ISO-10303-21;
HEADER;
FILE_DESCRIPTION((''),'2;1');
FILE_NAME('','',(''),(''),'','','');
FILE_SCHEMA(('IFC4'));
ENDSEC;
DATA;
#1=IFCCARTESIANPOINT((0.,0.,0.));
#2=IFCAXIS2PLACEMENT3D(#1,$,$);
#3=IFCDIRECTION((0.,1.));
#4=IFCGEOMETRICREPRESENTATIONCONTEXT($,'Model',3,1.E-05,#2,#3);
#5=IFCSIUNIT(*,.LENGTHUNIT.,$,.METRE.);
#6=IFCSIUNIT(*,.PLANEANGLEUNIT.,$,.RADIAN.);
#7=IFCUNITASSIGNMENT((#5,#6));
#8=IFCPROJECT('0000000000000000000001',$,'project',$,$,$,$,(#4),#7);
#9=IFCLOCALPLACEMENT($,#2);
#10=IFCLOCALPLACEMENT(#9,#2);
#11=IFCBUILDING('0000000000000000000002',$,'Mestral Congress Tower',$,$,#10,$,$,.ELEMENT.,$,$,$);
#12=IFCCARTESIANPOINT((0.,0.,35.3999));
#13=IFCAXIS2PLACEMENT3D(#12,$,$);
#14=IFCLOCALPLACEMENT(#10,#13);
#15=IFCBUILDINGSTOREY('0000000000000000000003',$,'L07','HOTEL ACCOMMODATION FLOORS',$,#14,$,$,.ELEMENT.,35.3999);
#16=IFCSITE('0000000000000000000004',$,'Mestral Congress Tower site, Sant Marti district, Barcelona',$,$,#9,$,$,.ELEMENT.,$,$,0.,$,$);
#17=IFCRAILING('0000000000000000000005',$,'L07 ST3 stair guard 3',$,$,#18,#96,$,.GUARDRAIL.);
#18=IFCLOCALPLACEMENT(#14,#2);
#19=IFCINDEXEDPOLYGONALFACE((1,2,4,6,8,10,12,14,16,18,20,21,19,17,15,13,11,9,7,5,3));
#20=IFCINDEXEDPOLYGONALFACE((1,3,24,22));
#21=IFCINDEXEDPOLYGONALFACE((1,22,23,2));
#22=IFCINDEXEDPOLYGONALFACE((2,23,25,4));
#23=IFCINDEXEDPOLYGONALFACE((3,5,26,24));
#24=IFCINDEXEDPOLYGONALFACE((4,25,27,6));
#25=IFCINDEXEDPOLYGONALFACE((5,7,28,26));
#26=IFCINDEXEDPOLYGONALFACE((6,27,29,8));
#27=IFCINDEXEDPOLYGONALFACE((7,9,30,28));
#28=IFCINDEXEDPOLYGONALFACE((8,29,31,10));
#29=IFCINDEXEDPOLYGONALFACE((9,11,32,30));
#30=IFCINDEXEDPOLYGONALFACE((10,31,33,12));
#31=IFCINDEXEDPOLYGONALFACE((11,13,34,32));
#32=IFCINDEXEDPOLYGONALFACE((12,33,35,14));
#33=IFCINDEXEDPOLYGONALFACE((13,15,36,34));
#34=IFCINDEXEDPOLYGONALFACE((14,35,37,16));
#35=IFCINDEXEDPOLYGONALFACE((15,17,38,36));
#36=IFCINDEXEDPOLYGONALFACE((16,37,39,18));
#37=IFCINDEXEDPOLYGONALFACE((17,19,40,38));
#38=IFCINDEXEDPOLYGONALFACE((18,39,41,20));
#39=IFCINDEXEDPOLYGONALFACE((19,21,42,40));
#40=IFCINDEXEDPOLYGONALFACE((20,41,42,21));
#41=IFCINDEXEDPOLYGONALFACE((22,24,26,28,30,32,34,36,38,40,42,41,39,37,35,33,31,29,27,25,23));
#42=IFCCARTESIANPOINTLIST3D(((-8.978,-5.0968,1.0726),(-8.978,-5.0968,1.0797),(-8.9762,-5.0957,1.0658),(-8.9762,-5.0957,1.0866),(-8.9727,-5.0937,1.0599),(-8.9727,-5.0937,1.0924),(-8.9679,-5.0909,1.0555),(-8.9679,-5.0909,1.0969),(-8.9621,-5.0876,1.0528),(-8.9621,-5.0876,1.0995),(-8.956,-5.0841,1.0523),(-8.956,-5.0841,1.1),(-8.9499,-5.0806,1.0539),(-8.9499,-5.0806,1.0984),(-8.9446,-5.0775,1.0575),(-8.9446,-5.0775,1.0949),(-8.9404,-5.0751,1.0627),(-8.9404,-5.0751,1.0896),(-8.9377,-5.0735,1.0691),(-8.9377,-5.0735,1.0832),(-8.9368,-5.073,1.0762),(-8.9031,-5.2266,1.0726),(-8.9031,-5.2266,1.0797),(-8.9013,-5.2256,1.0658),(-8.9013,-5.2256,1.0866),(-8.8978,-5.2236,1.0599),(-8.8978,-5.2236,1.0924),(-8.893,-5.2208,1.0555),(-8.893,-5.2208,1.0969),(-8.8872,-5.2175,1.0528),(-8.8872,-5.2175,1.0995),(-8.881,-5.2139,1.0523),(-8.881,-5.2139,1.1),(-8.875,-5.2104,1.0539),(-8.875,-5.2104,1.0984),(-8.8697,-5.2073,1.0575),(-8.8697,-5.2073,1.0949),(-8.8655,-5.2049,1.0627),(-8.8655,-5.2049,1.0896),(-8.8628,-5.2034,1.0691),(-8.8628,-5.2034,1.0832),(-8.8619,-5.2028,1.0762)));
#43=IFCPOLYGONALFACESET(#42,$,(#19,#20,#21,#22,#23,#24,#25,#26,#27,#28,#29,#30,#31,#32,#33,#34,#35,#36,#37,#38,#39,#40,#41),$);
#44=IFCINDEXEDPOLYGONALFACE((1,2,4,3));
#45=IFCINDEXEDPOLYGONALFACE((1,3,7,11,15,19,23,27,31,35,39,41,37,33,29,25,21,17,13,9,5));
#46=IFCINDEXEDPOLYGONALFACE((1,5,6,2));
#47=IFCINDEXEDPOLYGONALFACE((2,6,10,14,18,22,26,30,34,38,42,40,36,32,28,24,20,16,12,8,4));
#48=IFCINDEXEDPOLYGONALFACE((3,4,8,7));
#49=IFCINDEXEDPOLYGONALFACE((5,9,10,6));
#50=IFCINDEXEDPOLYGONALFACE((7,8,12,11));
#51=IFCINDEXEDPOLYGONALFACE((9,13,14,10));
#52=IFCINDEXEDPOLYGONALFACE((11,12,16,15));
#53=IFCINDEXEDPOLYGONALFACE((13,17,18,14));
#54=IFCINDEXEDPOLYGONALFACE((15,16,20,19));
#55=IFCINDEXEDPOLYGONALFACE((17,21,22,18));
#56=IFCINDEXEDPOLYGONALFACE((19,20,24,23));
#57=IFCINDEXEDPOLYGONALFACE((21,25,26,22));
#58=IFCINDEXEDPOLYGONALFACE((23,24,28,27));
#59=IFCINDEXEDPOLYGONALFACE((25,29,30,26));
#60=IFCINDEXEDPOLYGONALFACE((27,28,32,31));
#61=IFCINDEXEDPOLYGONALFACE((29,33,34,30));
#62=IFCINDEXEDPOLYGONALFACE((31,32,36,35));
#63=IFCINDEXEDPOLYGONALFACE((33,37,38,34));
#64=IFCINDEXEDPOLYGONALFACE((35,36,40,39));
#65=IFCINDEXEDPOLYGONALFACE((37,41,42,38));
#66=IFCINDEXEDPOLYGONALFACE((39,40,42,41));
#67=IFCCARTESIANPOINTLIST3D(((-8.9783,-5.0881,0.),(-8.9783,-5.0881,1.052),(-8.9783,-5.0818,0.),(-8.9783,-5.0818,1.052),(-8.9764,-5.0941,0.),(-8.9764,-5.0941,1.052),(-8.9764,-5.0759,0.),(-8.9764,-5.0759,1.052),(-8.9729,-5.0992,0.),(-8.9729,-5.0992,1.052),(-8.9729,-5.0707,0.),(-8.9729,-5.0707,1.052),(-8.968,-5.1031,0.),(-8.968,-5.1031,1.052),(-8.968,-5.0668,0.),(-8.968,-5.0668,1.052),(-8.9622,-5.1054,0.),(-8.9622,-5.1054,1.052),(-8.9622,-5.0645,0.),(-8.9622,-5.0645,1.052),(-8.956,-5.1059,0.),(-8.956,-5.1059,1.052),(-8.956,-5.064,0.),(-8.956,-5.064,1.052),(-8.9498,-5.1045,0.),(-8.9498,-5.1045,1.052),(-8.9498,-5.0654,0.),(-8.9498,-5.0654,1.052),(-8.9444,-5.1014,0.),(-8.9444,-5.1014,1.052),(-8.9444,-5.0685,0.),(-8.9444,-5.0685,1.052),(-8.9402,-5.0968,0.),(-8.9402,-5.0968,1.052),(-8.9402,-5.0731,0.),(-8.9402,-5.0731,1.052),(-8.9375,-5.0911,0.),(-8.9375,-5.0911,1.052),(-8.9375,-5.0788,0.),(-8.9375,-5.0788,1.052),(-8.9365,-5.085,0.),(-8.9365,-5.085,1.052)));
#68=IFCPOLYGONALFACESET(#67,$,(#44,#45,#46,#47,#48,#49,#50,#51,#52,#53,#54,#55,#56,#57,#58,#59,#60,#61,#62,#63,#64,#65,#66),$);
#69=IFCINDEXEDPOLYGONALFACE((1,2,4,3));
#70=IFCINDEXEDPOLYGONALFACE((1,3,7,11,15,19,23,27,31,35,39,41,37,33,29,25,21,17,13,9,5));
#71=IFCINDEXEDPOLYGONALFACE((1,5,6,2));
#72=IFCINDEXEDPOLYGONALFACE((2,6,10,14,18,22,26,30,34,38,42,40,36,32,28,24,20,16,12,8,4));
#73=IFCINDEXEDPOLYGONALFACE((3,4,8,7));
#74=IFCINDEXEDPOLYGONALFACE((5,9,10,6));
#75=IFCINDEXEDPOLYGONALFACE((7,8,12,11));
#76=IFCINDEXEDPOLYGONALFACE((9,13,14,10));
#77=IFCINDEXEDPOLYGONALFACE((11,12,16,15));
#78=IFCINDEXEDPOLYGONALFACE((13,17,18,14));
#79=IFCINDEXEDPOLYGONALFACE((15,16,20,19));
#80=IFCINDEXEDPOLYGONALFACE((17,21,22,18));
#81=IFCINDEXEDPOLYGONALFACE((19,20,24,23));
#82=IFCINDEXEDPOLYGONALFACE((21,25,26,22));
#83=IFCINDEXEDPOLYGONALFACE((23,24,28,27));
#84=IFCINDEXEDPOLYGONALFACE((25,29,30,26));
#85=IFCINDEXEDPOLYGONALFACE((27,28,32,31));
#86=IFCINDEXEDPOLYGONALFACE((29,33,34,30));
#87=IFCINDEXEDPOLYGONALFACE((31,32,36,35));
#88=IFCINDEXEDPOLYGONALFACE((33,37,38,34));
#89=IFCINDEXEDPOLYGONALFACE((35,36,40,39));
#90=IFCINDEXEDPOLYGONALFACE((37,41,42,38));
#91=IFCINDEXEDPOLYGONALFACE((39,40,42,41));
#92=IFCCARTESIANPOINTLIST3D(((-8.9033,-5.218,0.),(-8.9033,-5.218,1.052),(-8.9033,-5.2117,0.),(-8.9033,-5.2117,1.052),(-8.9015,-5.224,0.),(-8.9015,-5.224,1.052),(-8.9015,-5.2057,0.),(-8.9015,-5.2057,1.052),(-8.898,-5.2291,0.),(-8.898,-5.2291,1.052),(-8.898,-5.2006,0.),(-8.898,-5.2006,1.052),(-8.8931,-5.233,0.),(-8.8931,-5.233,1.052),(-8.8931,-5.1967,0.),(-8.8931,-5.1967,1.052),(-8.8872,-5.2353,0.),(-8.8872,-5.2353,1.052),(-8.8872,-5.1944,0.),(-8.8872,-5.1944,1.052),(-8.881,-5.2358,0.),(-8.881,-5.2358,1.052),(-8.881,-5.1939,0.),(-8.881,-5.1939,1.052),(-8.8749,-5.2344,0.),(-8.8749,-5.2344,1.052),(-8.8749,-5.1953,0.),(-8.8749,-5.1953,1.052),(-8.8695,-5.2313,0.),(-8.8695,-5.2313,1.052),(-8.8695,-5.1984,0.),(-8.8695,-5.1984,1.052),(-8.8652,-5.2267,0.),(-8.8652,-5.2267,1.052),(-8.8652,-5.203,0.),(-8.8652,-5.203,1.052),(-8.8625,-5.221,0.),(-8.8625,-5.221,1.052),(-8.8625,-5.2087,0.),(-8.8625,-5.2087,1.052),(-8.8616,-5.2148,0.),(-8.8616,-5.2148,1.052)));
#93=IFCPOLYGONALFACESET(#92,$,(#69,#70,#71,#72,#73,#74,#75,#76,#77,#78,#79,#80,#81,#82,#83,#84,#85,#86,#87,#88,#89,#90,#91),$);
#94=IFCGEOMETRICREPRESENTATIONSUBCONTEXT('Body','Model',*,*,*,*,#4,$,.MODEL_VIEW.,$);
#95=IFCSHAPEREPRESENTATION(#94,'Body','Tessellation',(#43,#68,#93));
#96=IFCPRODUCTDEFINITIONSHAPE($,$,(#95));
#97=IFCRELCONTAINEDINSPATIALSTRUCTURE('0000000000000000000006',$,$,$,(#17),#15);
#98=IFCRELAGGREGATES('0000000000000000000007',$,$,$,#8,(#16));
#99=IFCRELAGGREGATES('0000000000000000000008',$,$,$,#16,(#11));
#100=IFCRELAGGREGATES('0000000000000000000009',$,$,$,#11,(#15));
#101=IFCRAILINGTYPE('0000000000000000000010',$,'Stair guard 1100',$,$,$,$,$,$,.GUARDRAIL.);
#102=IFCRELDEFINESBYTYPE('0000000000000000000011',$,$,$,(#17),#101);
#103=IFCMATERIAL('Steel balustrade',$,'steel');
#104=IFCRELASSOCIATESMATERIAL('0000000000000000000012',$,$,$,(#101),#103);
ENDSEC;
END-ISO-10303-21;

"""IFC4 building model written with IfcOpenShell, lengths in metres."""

from ifc_helpers import new_model, si_unit, direction, frame, origin, origin_2d, place, context, subcontext, project, spatial, circle, extrude, material, type_object, element, save


model = new_model("IFC4")

# Units and contexts
model_context = context("Model", 3, precision=1e-05, world=origin(), true_north=direction((0.0, 1.0)))
body_context = subcontext(model_context, "Body", "Model", "MODEL_VIEW")
ifc_project = project(units=[si_unit("LENGTHUNIT", "METRE"), si_unit("PLANEANGLEUNIT", "RADIAN")], contexts=[model_context])

# Site, building, storey
site_placement = place(None, origin())
site = spatial("IfcSite", under=ifc_project, at=site_placement, Name="Mestral Congress Tower site, Sant Marti district, Barcelona", CompositionType="ELEMENT", RefElevation=0.0)
building_placement = place(site_placement, origin())
building = spatial("IfcBuilding", under=site, at=building_placement, Name="Mestral Congress Tower", CompositionType="ELEMENT")
storey_placement = place(building_placement, frame((0.0, 0.0, 35.3999)))
storey = spatial("IfcBuildingStorey", under=building, at=storey_placement, Name="L07", Description="HOTEL ACCOMMODATION FLOORS", CompositionType="ELEMENT", Elevation=35.3999)

# Railing
ifc_material_1 = material(Name="Steel balustrade", Category="steel")
railing_type_1 = type_object("IfcRailingType", Name="Stair guard 1100", PredefinedType="GUARDRAIL", material=ifc_material_1)
railing_1_placement = place(storey_placement, frame((-8.9575, -5.085, 0.0)))
element("IfcRailing", 1, at=railing_1_placement, inside=storey, type_object=railing_type_1, Name="L07 ST3 stair guard 3", PredefinedType="GUARDRAIL", context=body_context, shape_type="SweptSolid", body=[
    extrude(circle(Radius=0.0239, at=origin_2d()), frame((0.0, 0.0, 1.0762), z_axis=(0.499816, -0.866131, 0.0), x_axis=(0.866131, 0.499816, 0.0)), (0.0, 0.0, 1.0), 0.1499),
    extrude(circle(Radius=0.021, at=origin_2d()), origin(), (0.0, 0.0, 1.0), 1.052),
    extrude(circle(Radius=0.021, at=origin_2d()), frame((0.075, -0.1299, 0.0)), (0.0, 0.0, 1.0), 1.052),
])

save(model, "model.ifc")
